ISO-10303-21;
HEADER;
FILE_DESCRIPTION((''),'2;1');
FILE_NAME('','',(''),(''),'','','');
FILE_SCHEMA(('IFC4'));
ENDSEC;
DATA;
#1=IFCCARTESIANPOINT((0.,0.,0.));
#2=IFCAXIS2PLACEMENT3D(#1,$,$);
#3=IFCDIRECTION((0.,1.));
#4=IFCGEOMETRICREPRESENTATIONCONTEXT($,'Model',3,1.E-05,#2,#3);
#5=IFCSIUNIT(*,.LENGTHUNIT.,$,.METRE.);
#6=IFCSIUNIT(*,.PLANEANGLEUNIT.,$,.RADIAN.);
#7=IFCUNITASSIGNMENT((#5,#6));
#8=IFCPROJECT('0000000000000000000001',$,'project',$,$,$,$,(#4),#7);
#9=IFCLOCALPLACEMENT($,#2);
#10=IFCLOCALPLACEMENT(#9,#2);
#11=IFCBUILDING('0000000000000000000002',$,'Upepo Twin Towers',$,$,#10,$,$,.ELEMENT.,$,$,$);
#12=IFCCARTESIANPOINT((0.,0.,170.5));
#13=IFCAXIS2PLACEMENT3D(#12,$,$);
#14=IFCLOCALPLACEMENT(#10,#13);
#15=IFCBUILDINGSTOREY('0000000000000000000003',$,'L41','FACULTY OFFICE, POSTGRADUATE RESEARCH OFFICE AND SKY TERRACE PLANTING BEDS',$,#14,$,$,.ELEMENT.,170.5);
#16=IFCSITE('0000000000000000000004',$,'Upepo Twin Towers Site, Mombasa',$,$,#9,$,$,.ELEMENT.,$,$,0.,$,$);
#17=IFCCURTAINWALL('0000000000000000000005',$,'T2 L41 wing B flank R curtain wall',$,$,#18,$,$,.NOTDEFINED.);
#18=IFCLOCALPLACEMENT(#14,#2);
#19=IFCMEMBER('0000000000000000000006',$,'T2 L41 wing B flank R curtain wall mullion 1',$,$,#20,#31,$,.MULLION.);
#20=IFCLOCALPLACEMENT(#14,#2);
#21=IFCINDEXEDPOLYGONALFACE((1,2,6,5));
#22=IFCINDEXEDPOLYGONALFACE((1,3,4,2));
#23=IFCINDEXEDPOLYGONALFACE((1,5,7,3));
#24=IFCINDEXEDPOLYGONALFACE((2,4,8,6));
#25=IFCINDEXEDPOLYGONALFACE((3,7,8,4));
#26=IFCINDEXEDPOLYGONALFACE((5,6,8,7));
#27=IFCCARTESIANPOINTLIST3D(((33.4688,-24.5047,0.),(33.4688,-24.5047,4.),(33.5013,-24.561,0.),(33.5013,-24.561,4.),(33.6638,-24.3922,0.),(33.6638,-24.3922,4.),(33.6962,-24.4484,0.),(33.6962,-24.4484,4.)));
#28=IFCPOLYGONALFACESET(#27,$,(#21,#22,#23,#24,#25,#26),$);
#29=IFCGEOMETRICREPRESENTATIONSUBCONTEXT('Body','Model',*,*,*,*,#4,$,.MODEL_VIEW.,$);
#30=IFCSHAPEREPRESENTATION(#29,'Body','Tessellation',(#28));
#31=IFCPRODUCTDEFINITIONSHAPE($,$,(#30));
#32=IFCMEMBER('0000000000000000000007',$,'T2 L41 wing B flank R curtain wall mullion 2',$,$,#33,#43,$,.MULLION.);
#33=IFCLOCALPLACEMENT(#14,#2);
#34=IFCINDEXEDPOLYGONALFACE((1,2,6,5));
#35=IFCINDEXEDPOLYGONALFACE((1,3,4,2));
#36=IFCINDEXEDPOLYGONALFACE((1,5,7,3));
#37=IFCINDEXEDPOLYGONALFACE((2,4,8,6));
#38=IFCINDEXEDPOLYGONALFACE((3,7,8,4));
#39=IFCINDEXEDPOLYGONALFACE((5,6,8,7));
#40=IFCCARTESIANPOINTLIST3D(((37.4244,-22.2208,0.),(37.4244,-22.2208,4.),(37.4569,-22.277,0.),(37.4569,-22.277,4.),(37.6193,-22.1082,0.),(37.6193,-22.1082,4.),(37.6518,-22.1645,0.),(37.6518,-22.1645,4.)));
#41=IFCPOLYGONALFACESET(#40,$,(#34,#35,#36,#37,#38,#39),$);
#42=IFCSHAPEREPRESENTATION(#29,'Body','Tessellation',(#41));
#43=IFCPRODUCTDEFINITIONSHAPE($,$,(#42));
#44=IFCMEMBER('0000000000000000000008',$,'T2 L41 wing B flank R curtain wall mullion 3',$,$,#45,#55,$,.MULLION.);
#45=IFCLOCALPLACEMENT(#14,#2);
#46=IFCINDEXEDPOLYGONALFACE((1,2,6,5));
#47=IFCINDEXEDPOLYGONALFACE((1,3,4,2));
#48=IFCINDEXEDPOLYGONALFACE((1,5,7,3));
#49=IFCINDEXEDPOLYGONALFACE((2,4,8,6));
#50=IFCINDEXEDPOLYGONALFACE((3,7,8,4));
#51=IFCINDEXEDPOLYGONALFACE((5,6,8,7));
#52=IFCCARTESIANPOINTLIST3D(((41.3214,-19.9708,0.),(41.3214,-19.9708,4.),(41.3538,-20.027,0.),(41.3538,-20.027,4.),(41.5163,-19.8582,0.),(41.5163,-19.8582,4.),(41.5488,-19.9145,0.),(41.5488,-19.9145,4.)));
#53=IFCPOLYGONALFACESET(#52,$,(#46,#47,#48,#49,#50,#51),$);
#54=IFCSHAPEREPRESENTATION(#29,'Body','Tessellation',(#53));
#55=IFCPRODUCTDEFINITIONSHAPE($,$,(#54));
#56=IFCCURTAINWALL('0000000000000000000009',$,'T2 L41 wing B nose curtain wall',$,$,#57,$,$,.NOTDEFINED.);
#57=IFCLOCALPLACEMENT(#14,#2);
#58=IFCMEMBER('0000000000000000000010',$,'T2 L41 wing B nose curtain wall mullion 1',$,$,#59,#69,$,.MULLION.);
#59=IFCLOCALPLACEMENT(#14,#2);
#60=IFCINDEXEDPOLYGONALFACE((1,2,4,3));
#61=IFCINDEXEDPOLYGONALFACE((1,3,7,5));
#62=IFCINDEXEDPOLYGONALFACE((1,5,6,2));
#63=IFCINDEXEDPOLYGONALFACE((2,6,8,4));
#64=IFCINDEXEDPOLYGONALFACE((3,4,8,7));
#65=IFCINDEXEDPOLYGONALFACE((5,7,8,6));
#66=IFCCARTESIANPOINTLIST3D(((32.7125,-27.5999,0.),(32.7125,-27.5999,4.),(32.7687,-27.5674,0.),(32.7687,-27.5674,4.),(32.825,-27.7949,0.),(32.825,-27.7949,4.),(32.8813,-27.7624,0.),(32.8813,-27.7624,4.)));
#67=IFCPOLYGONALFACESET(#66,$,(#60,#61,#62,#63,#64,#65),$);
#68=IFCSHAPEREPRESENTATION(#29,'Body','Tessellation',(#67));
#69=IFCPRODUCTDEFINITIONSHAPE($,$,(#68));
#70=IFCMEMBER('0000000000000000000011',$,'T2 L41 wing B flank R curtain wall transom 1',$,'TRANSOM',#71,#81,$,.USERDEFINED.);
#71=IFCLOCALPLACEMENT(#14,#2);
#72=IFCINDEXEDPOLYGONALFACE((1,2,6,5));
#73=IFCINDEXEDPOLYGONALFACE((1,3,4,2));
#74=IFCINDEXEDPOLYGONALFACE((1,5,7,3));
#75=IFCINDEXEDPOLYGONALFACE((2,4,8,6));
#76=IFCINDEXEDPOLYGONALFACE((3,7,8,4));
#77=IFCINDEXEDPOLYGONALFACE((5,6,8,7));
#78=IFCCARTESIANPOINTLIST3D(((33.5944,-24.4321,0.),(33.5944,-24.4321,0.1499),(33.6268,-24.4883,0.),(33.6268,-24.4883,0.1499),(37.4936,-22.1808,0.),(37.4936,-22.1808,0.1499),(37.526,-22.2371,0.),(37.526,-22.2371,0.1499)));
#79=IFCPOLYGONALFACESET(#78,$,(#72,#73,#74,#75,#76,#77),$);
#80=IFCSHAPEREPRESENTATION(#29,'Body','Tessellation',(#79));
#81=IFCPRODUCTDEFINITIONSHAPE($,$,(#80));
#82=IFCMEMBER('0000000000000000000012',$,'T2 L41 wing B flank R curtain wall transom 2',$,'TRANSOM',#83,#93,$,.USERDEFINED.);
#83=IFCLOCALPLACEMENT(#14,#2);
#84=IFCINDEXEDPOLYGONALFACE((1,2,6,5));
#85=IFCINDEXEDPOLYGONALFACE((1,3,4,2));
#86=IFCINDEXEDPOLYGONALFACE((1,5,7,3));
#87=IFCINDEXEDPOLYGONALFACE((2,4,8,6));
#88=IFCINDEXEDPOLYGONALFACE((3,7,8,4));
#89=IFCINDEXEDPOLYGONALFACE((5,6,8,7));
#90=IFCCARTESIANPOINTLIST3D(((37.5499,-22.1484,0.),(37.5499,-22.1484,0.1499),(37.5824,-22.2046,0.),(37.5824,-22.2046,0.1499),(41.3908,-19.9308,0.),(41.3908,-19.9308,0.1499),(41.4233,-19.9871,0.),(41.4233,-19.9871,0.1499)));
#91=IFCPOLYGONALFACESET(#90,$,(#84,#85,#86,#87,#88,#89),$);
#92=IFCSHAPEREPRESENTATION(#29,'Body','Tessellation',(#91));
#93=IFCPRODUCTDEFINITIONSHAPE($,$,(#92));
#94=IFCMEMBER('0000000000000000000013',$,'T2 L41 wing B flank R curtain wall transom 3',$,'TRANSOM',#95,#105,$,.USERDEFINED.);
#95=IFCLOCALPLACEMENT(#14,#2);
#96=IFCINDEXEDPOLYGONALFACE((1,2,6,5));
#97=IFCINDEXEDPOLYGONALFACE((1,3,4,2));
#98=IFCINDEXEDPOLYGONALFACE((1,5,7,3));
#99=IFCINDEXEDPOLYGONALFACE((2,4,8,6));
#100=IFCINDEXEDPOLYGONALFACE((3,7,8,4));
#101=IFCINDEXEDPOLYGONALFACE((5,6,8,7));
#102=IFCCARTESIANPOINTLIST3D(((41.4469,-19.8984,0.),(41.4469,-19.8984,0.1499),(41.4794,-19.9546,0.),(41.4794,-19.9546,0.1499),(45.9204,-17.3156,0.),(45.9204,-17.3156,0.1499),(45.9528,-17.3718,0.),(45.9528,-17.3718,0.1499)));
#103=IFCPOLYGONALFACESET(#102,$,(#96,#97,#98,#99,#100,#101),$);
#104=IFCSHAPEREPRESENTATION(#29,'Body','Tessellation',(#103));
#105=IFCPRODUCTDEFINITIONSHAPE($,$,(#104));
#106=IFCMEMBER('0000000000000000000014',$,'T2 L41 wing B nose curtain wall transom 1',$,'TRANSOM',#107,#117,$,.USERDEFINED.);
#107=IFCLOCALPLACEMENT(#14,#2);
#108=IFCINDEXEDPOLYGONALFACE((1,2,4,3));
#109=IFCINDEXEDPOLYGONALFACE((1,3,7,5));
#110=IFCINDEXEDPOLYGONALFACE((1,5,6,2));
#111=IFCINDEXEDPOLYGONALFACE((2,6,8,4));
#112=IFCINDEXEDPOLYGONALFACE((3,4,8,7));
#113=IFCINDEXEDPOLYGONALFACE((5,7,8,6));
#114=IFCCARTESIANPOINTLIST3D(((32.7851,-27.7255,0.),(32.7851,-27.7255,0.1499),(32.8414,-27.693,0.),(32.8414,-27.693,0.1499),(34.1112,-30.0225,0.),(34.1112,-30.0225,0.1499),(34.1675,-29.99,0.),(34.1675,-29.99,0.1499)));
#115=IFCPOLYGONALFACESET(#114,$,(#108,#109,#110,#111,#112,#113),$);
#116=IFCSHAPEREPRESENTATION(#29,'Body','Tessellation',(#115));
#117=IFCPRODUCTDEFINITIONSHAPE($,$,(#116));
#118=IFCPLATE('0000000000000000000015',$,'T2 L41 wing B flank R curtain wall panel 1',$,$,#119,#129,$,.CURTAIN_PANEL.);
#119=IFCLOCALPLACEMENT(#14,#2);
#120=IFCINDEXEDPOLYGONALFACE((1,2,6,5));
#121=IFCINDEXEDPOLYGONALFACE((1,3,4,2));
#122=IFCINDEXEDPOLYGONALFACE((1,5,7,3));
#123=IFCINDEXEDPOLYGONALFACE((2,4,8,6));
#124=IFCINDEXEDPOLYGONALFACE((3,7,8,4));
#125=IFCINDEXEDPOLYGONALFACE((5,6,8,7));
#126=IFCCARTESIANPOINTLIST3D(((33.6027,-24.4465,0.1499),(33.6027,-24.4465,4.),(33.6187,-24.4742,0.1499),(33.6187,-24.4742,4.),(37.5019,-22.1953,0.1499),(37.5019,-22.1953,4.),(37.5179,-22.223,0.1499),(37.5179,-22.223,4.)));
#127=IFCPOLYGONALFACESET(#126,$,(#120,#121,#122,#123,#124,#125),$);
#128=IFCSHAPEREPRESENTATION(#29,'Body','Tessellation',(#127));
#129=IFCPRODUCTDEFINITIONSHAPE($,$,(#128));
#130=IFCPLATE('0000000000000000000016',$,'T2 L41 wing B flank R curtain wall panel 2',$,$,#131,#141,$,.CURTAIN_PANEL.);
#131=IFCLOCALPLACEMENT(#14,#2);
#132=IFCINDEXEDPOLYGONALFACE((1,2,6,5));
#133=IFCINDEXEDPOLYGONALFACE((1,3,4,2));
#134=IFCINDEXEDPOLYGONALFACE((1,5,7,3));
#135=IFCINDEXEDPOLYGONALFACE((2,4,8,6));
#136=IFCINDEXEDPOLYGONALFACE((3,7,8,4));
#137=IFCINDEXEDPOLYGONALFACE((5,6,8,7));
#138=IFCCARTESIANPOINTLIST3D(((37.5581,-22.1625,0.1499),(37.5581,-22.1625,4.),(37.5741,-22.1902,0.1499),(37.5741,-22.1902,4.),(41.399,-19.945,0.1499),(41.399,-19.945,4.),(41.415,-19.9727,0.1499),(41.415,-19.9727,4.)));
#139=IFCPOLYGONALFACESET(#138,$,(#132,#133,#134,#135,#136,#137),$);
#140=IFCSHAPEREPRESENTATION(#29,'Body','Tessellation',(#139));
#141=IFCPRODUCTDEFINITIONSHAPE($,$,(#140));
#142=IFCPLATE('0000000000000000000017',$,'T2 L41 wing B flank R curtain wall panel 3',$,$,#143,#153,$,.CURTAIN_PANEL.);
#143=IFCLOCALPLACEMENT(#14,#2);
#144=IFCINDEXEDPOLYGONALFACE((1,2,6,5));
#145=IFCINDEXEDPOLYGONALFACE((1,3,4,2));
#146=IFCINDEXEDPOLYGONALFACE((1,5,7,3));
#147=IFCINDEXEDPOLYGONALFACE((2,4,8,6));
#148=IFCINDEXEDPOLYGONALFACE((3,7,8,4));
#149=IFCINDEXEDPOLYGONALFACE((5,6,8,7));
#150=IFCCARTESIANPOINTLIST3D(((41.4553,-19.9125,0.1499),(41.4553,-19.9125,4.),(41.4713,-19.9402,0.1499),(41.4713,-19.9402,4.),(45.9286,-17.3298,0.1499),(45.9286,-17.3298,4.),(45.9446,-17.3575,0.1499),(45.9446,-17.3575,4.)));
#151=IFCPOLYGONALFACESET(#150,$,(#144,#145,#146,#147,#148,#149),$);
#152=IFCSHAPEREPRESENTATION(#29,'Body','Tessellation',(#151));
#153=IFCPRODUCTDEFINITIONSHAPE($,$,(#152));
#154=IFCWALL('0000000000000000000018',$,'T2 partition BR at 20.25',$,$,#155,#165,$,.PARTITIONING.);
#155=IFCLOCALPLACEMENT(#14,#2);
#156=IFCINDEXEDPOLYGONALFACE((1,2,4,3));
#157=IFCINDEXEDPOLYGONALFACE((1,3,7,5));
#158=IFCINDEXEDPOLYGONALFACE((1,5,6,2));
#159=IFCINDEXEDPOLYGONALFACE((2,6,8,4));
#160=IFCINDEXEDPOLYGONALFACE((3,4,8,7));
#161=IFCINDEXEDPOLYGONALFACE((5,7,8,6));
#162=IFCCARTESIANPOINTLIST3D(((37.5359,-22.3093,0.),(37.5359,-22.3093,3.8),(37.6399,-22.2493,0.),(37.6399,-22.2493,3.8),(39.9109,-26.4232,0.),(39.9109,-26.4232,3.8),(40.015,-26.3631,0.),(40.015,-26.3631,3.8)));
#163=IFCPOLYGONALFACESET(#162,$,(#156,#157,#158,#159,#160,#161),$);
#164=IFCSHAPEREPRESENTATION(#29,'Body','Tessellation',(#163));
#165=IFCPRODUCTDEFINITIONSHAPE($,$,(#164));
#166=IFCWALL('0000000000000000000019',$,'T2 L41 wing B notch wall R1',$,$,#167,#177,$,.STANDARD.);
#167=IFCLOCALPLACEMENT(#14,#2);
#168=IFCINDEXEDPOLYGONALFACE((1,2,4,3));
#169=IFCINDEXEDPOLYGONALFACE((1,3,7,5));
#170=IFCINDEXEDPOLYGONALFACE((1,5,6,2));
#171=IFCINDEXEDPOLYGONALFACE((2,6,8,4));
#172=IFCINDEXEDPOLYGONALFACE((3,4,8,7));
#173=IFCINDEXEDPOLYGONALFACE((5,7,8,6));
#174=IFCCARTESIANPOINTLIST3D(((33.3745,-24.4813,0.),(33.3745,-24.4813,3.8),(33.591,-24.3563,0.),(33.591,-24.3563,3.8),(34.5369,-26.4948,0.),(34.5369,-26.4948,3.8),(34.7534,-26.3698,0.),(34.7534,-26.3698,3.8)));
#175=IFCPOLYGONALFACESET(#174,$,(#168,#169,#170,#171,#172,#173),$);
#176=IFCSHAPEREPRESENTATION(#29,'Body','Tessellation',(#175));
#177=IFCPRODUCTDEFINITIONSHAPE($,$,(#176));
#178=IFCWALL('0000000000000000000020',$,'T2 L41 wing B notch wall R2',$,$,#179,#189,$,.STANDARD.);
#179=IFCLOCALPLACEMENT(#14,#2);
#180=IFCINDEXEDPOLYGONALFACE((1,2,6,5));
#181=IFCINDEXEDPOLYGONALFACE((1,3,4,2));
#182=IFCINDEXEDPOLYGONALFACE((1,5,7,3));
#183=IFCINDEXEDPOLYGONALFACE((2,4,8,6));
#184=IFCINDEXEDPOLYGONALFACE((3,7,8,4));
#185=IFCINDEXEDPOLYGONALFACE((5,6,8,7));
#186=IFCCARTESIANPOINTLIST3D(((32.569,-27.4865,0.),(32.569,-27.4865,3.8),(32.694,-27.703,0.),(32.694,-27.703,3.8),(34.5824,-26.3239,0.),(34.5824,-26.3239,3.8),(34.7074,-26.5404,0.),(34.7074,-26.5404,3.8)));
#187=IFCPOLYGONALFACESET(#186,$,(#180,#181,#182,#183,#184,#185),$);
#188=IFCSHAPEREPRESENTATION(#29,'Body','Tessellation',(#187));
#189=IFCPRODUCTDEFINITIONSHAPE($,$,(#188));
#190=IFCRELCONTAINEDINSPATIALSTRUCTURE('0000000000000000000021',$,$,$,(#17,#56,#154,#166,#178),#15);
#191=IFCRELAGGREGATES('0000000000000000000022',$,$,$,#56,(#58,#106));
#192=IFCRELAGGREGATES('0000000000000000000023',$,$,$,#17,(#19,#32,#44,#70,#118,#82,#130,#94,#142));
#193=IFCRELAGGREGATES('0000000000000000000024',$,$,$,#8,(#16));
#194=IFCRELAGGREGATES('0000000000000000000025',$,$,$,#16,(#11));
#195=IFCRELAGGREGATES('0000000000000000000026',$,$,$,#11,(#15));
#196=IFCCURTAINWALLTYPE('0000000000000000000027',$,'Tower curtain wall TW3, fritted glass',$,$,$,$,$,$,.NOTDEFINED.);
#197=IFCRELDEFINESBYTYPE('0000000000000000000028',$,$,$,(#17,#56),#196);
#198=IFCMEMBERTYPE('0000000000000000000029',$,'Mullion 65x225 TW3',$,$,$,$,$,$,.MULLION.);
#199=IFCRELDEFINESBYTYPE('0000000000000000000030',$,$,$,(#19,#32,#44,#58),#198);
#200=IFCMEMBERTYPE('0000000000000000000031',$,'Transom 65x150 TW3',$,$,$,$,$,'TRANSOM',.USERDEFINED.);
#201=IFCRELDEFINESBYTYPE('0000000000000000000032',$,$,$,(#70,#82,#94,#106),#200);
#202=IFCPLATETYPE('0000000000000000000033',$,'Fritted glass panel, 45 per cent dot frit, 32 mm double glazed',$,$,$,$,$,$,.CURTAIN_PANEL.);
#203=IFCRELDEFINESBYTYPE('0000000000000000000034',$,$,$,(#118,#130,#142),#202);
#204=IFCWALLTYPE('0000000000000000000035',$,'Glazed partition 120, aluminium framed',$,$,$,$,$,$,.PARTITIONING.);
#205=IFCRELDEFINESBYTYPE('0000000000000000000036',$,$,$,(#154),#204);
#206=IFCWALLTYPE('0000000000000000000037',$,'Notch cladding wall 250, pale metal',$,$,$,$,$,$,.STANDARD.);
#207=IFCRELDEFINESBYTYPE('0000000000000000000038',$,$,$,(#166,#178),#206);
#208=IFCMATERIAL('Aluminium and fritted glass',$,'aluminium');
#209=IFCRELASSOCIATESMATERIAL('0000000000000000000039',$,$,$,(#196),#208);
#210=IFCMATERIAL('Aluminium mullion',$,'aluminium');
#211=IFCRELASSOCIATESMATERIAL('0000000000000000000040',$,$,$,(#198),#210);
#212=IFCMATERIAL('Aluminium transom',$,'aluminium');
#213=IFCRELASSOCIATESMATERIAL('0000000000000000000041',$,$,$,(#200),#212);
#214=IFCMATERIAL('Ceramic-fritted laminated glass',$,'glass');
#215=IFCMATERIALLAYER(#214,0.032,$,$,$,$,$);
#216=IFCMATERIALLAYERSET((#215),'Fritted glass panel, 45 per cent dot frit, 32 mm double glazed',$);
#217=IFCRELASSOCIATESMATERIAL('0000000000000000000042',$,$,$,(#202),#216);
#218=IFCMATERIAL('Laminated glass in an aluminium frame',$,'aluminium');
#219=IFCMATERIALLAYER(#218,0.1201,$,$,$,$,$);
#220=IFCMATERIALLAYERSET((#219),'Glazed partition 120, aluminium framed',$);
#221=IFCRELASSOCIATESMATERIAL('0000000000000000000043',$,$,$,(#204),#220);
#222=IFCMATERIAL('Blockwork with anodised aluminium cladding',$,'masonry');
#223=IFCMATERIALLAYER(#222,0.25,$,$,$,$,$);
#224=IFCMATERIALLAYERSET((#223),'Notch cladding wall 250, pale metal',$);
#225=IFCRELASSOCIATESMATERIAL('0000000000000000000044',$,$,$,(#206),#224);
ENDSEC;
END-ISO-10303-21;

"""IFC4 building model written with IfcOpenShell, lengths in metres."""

from ifc_helpers import new_model, si_unit, direction, frame, frame_2d, origin, origin_2d, place, context, subcontext, project, spatial, rectangle, extrude, material, layer, layer_set, material_profile, profile_set, type_object, element, aggregate, save


model = new_model("IFC4")

# Units and contexts
model_context = context("Model", 3, precision=1e-05, world=origin(), true_north=direction((0.0, 1.0)))
body_context = subcontext(model_context, "Body", "Model", "MODEL_VIEW")
ifc_project = project(units=[si_unit("LENGTHUNIT", "METRE"), si_unit("PLANEANGLEUNIT", "RADIAN")], contexts=[model_context])

# Site, building, storey
site_placement = place(None, origin())
site = spatial("IfcSite", under=ifc_project, at=site_placement, Name="Upepo Twin Towers Site, Mombasa", CompositionType="ELEMENT", RefElevation=0.0)
building_placement = place(site_placement, origin())
building = spatial("IfcBuilding", under=site, at=building_placement, Name="Upepo Twin Towers", CompositionType="ELEMENT")
storey_placement = place(building_placement, frame((0.0, 0.0, 170.5)))
storey = spatial("IfcBuildingStorey", under=building, at=storey_placement, Name="L41", Description="FACULTY OFFICE, POSTGRADUATE RESEARCH OFFICE AND SKY TERRACE PLANTING BEDS", CompositionType="ELEMENT", Elevation=170.5)

# Curtain wall, members
ifc_material_1 = material(Name="Aluminium and fritted glass", Category="aluminium")
curtain_wall_type = type_object("IfcCurtainWallType", Name="Tower curtain wall TW3, fritted glass", PredefinedType="NOTDEFINED", material=ifc_material_1)
curtain_wall_1_placement = place(storey_placement, origin())
curtain_wall_1 = element("IfcCurtainWall", 1, at=curtain_wall_1_placement, inside=storey, type_object=curtain_wall_type, Name="T2 L41 wing B flank R curtain wall", PredefinedType="NOTDEFINED")
ifc_material_2 = material(Name="Aluminium mullion", Category="aluminium")
ifc_material_profile_1 = material_profile(ifc_material_2, rectangle(XDim=0.0649, YDim=0.2251, at=origin_2d()), Name="MULLION 65x225")
ifc_profile_set_1 = profile_set([ifc_material_profile_1], Name="Aluminium mullion")
member_type_1 = type_object("IfcMemberType", Name="Mullion 65x225 TW3", PredefinedType="MULLION", material=ifc_profile_set_1)
member_1_placement = place(storey_placement, frame((33.5825, -24.4766, 0.0), z_axis=(0.0, 0.0, 1.0), x_axis=(-0.5, 0.866025, 0.0)))
member_1 = element("IfcMember", 2, at=member_1_placement, type_object=member_type_1, Name="T2 L41 wing B flank R curtain wall mullion 1", PredefinedType="MULLION", context=body_context, shape_type="SweptSolid", body=[
    extrude(rectangle(XDim=0.0649, YDim=0.2251, at=origin_2d()), origin(), (0.0, 0.0, 1.0), 4.0),
])
member_2_placement = place(storey_placement, frame((37.5381, -22.1926, 0.0), z_axis=(0.0, 0.0, 1.0), x_axis=(-0.5, 0.866025, 0.0)))
member_2 = element("IfcMember", 3, at=member_2_placement, type_object=member_type_1, Name="T2 L41 wing B flank R curtain wall mullion 2", PredefinedType="MULLION", context=body_context, shape_type="SweptSolid", body=[
    extrude(rectangle(XDim=0.0649, YDim=0.2251, at=origin_2d()), origin(), (0.0, 0.0, 1.0), 4.0),
])
member_3_placement = place(storey_placement, frame((41.4351, -19.9426, 0.0), z_axis=(0.0, 0.0, 1.0), x_axis=(-0.5, 0.866025, 0.0)))
member_3 = element("IfcMember", 4, at=member_3_placement, type_object=member_type_1, Name="T2 L41 wing B flank R curtain wall mullion 3", PredefinedType="MULLION", context=body_context, shape_type="SweptSolid", body=[
    extrude(rectangle(XDim=0.0649, YDim=0.2251, at=origin_2d()), origin(), (0.0, 0.0, 1.0), 4.0),
])

# Curtain wall, member
curtain_wall_2_placement = place(storey_placement, origin())
curtain_wall_2 = element("IfcCurtainWall", 5, at=curtain_wall_2_placement, inside=storey, type_object=curtain_wall_type, Name="T2 L41 wing B nose curtain wall", PredefinedType="NOTDEFINED")
member_4_placement = place(storey_placement, frame((32.7969, -27.6812, 0.0), z_axis=(0.0, 0.0, 1.0), x_axis=(0.866025, 0.5, 0.0)))
member_4 = element("IfcMember", 6, at=member_4_placement, type_object=member_type_1, Name="T2 L41 wing B nose curtain wall mullion 1", PredefinedType="MULLION", context=body_context, shape_type="SweptSolid", body=[
    extrude(rectangle(XDim=0.0649, YDim=0.2251, at=origin_2d()), origin(), (0.0, 0.0, 1.0), 4.0),
])

# Members
ifc_material_3 = material(Name="Aluminium transom", Category="aluminium")
ifc_material_profile_2 = material_profile(ifc_material_3, rectangle(XDim=0.0649, YDim=0.1499, at=origin_2d()), Name="TRANSOM 65x150")
ifc_profile_set_2 = profile_set([ifc_material_profile_2], Name="Aluminium transom")
member_type_2 = type_object("IfcMemberType", Name="Transom 65x150 TW3", ElementType="TRANSOM", PredefinedType="USERDEFINED", material=ifc_profile_set_2)
member_5_placement = place(storey_placement, frame((33.6106, -24.4602, 0.075), z_axis=(0.866022, 0.500006, 0.0), x_axis=(-0.500006, 0.866022, 0.0)))
member_5 = element("IfcMember", 7, at=member_5_placement, type_object=member_type_2, Name="T2 L41 wing B flank R curtain wall transom 1", ObjectType="TRANSOM", PredefinedType="USERDEFINED", context=body_context, shape_type="SweptSolid", body=[
    extrude(rectangle(XDim=0.0649, YDim=0.1499, at=origin_2d()), origin(), (0.0, 0.0, 1.0), 4.5024),
])
member_6_placement = place(storey_placement, frame((37.5662, -22.1765, 0.075), z_axis=(0.866022, 0.500005, 0.0), x_axis=(-0.500005, 0.866022, 0.0)))
member_6 = element("IfcMember", 8, at=member_6_placement, type_object=member_type_2, Name="T2 L41 wing B flank R curtain wall transom 2", ObjectType="TRANSOM", PredefinedType="USERDEFINED", context=body_context, shape_type="SweptSolid", body=[
    extrude(rectangle(XDim=0.0649, YDim=0.1499, at=origin_2d()), origin(), (0.0, 0.0, 1.0), 4.4351),
])
member_7_placement = place(storey_placement, frame((41.4631, -19.9265, 0.075), z_axis=(0.866021, 0.500007, 0.0), x_axis=(-0.500007, 0.866021, 0.0)))
member_7 = element("IfcMember", 9, at=member_7_placement, type_object=member_type_2, Name="T2 L41 wing B flank R curtain wall transom 3", ObjectType="TRANSOM", PredefinedType="USERDEFINED", context=body_context, shape_type="SweptSolid", body=[
    extrude(rectangle(XDim=0.0649, YDim=0.1499, at=origin_2d()), origin(), (0.0, 0.0, 1.0), 5.1655),
])
member_8_placement = place(storey_placement, frame((32.8132, -27.7092, 0.075), z_axis=(0.49998, -0.866037, 0.0), x_axis=(0.866037, 0.49998, 0.0)))
member_8 = element("IfcMember", 10, at=member_8_placement, type_object=member_type_2, Name="T2 L41 wing B nose curtain wall transom 1", ObjectType="TRANSOM", PredefinedType="USERDEFINED", context=body_context, shape_type="SweptSolid", body=[
    extrude(rectangle(XDim=0.0649, YDim=0.1499, at=origin_2d()), origin(), (0.0, 0.0, 1.0), 2.6523),
])
aggregate(curtain_wall_2, [member_4, member_8])

# Plates
ifc_material_4 = material(Name="Ceramic-fritted laminated glass", Category="glass")
ifc_layer_1 = layer(ifc_material_4, 0.032)
ifc_layer_set_1 = layer_set([ifc_layer_1], Name="Fritted glass panel, 45 per cent dot frit, 32 mm double glazed")
plate_type = type_object("IfcPlateType", Name="Fritted glass panel, 45 per cent dot frit, 32 mm double glazed", PredefinedType="CURTAIN_PANEL", material=ifc_layer_set_1)
plate_1_placement = place(storey_placement, frame((35.5603, -23.3347, 0.1499), z_axis=(0.0, 0.0, 1.0), x_axis=(0.866025, 0.5, 0.0)))
plate_1 = element("IfcPlate", 11, at=plate_1_placement, type_object=plate_type, Name="T2 L41 wing B flank R curtain wall panel 1", PredefinedType="CURTAIN_PANEL", context=body_context, shape_type="SweptSolid", body=[
    extrude(rectangle(XDim=4.5024, YDim=0.032, at=origin_2d()), origin(), (0.0, 0.0, 1.0), 3.8501),
])
plate_2_placement = place(storey_placement, frame((39.4866, -21.0676, 0.1499), z_axis=(0.0, 0.0, 1.0), x_axis=(0.866025, 0.5, 0.0)))
plate_2 = element("IfcPlate", 12, at=plate_2_placement, type_object=plate_type, Name="T2 L41 wing B flank R curtain wall panel 2", PredefinedType="CURTAIN_PANEL", context=body_context, shape_type="SweptSolid", body=[
    extrude(rectangle(XDim=4.4351, YDim=0.032, at=origin_2d()), origin(), (0.0, 0.0, 1.0), 3.8501),
])
plate_3_placement = place(storey_placement, frame((43.7, -18.635, 0.1499), z_axis=(0.0, 0.0, 1.0), x_axis=(0.866025, 0.5, 0.0)))
plate_3 = element("IfcPlate", 13, at=plate_3_placement, type_object=plate_type, Name="T2 L41 wing B flank R curtain wall panel 3", PredefinedType="CURTAIN_PANEL", context=body_context, shape_type="SweptSolid", body=[
    extrude(rectangle(XDim=5.1653, YDim=0.032, at=origin_2d()), origin(), (0.0, 0.0, 1.0), 3.8501),
])
aggregate(curtain_wall_1, [member_1, member_2, member_3, member_5, plate_1, member_6, plate_2, member_7, plate_3])

# Walls
ifc_material_5 = material(Name="Laminated glass in an aluminium frame", Category="aluminium")
ifc_layer_2 = layer(ifc_material_5, 0.1201)
ifc_layer_set_2 = layer_set([ifc_layer_2], Name="Glazed partition 120, aluminium framed")
wall_type_1 = type_object("IfcWallType", Name="Glazed partition 120, aluminium framed", PredefinedType="PARTITIONING", material=ifc_layer_set_2)
wall_placement = place(storey_placement, frame((39.9629, -26.3931, 0.0), z_axis=(0.0, 0.0, 1.0), x_axis=(-0.499986, 0.866033, 0.0)))
element("IfcWall", 14, at=wall_placement, inside=storey, type_object=wall_type_1, Name="T2 partition BR at 20.25", PredefinedType="PARTITIONING", context=body_context, shape_type="SweptSolid", body=[
    extrude(rectangle(XDim=4.7502, YDim=0.1201, at=frame_2d((2.375, 0.0))), origin(), (0.0, 0.0, 1.0), 3.8),
])
ifc_material_6 = material(Name="Blockwork with anodised aluminium cladding", Category="masonry")
ifc_layer_3 = layer(ifc_material_6, 0.25)
ifc_layer_set_3 = layer_set([ifc_layer_3], Name="Notch cladding wall 250, pale metal")
wall_type_2 = type_object("IfcWallType", Name="Notch cladding wall 250, pale metal", PredefinedType="STANDARD", material=ifc_layer_set_3)
for number, where, z_axis, x_axis, name in (
    (15, (33.4827, -24.4187, 0.0), (0.0, 0.0, 1.0), (0.499968, -0.866044, 0.0), "T2 L41 wing B notch wall R1"),
    (16, (34.645, -26.4321, 0.0), (0.0, 0.0, 1.0), (-0.865998, -0.500047, 0.0), "T2 L41 wing B notch wall R2"),
):
    element("IfcWall", number, at=place(storey_placement, frame(where, z_axis=z_axis, x_axis=x_axis)), inside=storey, type_object=wall_type_2, Name=name, PredefinedType="STANDARD", context=body_context, shape_type="SweptSolid", body=[
        extrude(rectangle(XDim=2.325, YDim=0.25, at=frame_2d((1.1626, 0.0))), origin(), (0.0, 0.0, 1.0), 3.8),
    ])

save(model, "model.ifc")
